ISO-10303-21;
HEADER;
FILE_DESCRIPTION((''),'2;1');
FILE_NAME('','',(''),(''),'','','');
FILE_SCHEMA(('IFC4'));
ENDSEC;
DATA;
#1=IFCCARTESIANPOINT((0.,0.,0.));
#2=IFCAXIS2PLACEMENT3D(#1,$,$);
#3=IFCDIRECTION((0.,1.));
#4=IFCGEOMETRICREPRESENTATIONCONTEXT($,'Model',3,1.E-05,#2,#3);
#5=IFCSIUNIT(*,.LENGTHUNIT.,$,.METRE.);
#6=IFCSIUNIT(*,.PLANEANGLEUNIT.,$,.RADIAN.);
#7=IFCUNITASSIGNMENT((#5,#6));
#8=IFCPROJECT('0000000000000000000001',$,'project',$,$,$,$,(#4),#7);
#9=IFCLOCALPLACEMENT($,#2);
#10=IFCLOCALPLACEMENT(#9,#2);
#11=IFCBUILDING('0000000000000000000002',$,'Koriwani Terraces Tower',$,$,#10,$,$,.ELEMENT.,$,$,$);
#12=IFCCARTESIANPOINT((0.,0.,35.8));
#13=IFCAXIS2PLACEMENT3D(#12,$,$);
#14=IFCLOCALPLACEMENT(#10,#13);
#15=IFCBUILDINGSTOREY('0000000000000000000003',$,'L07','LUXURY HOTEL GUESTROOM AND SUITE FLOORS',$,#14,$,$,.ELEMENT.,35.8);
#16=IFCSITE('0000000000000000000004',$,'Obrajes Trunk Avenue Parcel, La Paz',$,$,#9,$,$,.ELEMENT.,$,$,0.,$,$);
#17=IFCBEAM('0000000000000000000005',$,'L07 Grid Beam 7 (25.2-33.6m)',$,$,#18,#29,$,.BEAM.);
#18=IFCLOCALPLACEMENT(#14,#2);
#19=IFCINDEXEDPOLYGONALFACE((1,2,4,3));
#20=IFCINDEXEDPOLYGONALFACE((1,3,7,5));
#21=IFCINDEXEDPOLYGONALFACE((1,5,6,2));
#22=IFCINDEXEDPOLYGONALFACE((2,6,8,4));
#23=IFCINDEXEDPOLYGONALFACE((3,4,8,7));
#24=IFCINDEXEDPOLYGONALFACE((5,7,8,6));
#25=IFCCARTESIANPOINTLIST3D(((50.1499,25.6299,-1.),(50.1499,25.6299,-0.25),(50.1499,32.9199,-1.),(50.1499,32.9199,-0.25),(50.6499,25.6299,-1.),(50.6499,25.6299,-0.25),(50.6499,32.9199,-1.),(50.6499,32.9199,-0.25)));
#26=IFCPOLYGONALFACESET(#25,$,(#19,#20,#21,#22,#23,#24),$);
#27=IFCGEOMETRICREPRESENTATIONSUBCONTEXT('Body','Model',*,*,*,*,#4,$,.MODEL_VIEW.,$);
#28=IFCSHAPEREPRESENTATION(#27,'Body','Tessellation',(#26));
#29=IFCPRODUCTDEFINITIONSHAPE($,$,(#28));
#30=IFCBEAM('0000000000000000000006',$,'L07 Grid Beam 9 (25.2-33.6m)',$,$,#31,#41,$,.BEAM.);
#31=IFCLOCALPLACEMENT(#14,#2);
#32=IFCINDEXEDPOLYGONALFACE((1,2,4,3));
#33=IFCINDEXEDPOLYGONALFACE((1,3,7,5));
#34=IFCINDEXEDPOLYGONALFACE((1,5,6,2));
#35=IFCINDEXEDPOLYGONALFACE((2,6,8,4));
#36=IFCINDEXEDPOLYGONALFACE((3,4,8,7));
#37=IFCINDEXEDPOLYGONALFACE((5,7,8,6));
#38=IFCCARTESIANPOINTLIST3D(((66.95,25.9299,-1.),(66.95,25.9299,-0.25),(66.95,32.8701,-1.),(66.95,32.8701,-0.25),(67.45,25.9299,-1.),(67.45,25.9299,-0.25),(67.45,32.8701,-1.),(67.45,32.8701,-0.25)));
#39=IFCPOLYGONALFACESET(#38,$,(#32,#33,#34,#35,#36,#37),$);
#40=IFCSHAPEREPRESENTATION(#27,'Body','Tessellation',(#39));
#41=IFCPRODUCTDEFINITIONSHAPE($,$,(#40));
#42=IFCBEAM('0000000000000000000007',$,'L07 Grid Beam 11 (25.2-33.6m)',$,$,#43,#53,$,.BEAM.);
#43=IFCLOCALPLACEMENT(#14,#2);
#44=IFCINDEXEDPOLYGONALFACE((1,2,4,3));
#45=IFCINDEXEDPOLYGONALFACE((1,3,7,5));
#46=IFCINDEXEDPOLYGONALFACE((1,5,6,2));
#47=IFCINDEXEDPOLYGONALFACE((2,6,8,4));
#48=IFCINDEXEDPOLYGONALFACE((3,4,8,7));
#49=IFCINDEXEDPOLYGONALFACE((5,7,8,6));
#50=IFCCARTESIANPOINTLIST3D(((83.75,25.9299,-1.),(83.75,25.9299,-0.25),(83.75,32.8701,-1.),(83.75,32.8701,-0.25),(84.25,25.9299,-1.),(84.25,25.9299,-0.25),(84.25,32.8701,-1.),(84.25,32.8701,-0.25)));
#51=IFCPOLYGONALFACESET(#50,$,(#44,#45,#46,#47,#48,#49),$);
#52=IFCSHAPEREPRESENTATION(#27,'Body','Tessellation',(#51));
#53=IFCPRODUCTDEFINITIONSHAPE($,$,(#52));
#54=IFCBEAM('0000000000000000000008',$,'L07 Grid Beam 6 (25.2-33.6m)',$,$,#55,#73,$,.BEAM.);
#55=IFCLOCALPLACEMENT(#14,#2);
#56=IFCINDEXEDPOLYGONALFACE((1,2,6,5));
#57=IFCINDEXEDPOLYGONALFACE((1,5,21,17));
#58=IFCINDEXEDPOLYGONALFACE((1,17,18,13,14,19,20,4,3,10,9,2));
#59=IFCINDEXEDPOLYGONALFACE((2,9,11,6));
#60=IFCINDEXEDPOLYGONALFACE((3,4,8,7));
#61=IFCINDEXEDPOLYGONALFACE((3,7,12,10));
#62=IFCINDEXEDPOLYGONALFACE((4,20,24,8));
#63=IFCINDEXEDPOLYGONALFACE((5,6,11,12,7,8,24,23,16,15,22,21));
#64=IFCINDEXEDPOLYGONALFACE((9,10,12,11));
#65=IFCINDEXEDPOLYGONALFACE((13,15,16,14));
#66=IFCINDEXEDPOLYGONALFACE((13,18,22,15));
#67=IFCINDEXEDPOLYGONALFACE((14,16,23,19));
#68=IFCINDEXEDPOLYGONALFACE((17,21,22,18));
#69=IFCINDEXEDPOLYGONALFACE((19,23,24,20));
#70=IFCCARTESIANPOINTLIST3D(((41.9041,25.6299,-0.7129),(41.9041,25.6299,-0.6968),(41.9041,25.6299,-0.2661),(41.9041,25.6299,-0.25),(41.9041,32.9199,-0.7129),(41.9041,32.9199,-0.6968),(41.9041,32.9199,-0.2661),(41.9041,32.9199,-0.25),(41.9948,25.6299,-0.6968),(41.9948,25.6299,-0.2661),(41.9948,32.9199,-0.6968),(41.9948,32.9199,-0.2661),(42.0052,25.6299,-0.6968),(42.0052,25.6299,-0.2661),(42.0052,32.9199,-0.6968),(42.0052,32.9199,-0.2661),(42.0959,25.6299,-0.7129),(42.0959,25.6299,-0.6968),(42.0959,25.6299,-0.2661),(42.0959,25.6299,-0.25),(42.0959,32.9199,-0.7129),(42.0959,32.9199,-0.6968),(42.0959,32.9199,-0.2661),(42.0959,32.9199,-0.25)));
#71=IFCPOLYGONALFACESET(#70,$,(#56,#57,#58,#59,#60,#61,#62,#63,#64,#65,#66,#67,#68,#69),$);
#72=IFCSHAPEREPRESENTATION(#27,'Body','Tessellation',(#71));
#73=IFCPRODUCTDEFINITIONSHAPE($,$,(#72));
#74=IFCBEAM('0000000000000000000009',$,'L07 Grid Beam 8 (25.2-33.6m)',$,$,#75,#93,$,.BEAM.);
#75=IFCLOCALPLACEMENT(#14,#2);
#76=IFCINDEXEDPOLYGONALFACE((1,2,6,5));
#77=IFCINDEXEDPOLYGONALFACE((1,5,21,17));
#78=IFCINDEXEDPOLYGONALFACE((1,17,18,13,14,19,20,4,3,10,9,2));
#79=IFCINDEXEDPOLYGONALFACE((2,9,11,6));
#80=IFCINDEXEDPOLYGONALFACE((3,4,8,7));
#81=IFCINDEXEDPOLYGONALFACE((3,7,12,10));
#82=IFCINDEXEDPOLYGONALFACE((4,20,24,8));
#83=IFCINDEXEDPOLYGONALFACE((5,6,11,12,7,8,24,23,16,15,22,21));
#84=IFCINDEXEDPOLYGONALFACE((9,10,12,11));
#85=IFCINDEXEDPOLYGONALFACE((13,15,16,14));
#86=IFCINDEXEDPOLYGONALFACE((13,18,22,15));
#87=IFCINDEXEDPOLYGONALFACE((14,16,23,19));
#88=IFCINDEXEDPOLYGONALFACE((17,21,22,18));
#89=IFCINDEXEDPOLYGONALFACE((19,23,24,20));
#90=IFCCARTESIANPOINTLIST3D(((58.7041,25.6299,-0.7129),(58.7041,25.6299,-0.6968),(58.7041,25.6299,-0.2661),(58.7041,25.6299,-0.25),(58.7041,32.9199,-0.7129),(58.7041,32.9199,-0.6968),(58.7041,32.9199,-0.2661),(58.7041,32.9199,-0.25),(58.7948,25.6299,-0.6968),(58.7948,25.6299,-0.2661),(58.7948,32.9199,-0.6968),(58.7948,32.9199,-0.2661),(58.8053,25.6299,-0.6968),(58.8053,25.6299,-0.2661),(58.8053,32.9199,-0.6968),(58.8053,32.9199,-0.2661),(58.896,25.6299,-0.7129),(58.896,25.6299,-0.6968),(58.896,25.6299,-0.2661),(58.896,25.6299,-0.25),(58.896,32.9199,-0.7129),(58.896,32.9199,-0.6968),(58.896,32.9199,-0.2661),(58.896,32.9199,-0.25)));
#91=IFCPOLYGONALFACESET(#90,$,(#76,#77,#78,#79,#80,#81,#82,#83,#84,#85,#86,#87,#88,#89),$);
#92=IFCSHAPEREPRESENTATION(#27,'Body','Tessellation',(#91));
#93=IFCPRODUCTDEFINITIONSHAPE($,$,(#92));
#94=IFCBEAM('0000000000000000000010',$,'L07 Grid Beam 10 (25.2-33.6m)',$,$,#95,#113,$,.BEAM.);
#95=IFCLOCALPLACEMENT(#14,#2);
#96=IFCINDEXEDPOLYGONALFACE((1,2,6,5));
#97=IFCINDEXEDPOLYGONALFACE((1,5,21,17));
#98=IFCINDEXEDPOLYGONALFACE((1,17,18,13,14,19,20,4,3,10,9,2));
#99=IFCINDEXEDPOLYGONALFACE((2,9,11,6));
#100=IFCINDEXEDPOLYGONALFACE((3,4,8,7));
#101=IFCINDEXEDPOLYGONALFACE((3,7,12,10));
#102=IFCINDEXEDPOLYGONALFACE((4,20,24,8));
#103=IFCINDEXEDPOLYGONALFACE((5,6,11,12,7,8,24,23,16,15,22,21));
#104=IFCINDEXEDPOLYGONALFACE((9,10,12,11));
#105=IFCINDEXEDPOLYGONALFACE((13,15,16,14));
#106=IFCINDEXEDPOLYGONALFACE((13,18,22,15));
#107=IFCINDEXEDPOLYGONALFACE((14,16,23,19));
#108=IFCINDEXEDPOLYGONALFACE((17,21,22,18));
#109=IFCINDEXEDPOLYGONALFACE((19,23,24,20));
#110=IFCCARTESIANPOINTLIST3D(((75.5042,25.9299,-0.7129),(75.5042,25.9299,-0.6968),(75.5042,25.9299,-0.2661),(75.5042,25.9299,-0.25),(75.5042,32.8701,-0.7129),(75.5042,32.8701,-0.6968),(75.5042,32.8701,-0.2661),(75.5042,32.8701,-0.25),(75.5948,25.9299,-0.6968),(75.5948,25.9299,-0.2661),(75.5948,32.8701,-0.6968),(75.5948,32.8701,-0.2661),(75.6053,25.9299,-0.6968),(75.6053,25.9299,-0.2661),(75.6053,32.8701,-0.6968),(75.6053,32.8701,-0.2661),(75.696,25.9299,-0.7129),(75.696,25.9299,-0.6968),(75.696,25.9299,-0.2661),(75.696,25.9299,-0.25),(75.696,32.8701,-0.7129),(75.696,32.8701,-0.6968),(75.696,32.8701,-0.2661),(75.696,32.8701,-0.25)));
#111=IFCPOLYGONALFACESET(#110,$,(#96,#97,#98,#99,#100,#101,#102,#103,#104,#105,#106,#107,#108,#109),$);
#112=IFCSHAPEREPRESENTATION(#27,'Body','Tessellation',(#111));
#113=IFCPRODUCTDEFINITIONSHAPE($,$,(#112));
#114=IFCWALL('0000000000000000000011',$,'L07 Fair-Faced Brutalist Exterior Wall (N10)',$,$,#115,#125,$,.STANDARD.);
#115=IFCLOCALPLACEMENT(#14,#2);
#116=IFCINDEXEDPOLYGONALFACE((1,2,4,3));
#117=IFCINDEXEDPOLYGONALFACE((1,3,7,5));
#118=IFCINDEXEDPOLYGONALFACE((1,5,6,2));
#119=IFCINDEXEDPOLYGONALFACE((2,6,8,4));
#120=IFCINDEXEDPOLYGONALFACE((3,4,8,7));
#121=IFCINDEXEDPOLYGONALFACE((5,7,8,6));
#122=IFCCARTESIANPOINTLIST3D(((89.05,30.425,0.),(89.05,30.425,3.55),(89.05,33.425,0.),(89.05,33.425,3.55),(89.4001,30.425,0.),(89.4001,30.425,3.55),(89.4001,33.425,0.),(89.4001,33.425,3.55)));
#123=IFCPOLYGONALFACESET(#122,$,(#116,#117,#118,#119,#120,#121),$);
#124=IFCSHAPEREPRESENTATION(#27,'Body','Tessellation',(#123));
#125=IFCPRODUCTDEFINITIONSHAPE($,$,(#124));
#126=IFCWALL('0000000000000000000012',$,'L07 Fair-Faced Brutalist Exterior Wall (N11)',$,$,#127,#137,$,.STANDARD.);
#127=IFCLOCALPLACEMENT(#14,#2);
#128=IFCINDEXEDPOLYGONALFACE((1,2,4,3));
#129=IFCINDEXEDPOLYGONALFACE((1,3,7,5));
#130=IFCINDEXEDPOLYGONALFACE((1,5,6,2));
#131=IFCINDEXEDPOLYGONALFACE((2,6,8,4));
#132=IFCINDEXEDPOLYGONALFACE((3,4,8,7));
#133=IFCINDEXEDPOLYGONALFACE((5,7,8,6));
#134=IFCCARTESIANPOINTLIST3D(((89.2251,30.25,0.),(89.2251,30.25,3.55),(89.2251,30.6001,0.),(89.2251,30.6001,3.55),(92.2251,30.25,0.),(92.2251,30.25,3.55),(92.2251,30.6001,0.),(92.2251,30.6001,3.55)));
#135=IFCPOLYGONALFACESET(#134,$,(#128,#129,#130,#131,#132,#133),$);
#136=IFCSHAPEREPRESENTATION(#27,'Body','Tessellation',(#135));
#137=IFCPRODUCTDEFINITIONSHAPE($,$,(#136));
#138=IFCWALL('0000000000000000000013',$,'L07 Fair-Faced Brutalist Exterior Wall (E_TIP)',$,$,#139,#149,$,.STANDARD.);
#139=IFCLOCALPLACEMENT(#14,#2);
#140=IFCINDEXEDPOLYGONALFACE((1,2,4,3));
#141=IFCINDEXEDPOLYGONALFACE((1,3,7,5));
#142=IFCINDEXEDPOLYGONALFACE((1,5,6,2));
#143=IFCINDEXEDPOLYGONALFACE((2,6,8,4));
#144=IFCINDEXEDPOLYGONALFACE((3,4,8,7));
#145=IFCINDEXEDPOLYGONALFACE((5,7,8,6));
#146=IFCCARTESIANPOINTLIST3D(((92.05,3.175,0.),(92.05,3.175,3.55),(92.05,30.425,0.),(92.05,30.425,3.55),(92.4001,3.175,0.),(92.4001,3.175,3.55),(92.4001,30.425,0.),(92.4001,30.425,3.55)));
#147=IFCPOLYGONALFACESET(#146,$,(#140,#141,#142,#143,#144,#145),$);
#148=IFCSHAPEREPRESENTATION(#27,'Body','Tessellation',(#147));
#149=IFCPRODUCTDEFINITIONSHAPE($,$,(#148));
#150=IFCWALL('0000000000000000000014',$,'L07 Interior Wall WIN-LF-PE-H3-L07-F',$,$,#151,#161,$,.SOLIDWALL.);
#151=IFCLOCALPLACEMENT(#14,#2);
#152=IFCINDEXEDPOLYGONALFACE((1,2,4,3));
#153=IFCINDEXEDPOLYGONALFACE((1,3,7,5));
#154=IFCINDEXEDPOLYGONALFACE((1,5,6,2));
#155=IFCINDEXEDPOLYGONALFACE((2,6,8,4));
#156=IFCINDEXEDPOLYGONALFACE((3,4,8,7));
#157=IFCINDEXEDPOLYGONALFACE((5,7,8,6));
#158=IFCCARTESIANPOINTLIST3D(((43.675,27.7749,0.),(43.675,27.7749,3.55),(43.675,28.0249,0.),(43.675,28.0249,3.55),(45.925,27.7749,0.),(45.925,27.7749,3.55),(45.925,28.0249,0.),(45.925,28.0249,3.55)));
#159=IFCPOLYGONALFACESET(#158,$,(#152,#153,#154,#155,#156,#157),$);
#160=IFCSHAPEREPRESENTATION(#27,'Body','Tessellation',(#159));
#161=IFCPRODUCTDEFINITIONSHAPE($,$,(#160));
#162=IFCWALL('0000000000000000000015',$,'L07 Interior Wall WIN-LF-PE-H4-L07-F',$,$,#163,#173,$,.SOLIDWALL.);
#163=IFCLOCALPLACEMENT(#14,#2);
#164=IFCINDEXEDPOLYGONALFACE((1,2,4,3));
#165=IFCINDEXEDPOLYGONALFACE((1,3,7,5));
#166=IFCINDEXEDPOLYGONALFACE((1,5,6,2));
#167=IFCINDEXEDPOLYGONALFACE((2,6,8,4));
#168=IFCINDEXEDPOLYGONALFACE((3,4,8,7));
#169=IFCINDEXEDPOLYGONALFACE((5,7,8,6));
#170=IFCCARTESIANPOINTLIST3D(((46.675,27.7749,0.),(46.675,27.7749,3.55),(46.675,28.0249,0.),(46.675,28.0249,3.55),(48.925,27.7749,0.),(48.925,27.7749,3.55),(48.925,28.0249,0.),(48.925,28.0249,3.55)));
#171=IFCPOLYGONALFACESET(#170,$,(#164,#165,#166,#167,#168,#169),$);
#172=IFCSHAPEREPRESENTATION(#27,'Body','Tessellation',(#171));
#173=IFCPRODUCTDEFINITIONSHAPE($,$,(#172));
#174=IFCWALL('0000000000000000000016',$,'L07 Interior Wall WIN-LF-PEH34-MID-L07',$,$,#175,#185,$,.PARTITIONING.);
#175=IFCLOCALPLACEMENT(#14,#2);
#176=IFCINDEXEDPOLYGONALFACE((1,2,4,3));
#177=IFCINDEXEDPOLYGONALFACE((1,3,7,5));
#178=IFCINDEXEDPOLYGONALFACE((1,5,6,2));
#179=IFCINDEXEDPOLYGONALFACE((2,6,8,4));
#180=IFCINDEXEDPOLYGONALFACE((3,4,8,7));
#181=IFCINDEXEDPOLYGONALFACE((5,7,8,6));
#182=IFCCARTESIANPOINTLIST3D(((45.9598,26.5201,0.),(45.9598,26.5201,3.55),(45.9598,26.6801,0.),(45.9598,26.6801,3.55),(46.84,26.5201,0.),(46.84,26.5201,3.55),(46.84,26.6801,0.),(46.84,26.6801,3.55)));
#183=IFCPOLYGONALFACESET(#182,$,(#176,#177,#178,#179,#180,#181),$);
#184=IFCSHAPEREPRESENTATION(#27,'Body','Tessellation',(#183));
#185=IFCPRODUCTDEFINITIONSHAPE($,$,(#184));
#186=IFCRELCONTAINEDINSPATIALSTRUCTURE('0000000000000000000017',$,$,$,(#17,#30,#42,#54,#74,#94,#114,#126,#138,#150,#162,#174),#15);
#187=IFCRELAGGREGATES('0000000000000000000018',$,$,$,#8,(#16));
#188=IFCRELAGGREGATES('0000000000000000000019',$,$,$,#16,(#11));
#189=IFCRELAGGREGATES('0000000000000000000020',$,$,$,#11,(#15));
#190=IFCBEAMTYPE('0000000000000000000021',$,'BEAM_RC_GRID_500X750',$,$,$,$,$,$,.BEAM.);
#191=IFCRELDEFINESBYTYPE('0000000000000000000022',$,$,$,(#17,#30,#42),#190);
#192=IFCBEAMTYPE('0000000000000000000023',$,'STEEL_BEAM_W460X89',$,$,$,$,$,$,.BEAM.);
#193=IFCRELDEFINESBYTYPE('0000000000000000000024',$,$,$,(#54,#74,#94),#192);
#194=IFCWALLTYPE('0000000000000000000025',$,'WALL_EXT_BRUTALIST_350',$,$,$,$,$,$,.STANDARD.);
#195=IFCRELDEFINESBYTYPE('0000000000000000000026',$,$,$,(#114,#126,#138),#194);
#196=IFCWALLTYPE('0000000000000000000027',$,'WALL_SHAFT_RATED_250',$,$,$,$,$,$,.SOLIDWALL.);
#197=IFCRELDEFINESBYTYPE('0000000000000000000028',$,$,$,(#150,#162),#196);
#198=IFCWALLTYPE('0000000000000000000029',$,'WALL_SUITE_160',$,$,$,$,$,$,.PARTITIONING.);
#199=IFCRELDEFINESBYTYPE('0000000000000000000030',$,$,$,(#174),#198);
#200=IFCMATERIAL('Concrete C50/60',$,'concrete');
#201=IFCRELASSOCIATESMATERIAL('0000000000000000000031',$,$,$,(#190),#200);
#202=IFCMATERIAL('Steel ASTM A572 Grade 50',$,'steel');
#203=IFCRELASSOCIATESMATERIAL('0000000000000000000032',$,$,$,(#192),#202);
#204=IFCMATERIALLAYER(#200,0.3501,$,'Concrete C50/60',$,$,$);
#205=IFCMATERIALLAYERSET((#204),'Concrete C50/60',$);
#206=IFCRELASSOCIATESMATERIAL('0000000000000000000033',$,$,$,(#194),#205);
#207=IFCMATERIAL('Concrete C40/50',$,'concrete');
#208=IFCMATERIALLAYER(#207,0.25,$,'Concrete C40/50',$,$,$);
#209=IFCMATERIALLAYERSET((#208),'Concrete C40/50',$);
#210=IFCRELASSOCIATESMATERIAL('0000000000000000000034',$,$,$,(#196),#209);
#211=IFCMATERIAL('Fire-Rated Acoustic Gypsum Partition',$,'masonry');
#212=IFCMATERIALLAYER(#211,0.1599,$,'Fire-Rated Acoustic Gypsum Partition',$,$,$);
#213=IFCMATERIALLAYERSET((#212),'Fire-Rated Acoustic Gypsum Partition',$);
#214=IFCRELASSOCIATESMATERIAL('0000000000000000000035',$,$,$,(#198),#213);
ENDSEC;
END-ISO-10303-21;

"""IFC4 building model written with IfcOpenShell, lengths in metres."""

from ifc_helpers import new_model, si_unit, direction, frame, frame_2d, origin, origin_2d, place, context, subcontext, project, spatial, rectangle, i_section, extrude, material, layer, layer_set, material_profile, profile_set, type_object, element, save


model = new_model("IFC4")

# Units and contexts
model_context = context("Model", 3, precision=1e-05, world=origin(), true_north=direction((0.0, 1.0)))
body_context = subcontext(model_context, "Body", "Model", "MODEL_VIEW")
ifc_project = project(units=[si_unit("LENGTHUNIT", "METRE"), si_unit("PLANEANGLEUNIT", "RADIAN")], contexts=[model_context])

# Site, building, storey
site_placement = place(None, origin())
site = spatial("IfcSite", under=ifc_project, at=site_placement, Name="Obrajes Trunk Avenue Parcel, La Paz", CompositionType="ELEMENT", RefElevation=0.0)
building_placement = place(site_placement, origin())
building = spatial("IfcBuilding", under=site, at=building_placement, Name="Koriwani Terraces Tower", CompositionType="ELEMENT")
storey_placement = place(building_placement, frame((0.0, 0.0, 35.8)))
storey = spatial("IfcBuildingStorey", under=building, at=storey_placement, Name="L07", Description="LUXURY HOTEL GUESTROOM AND SUITE FLOORS", CompositionType="ELEMENT", Elevation=35.8)

# Beams
ifc_material_1 = material(Name="Concrete C40/50", Category="concrete")
ifc_material_2 = material(Name="Concrete C50/60", Category="concrete")
ifc_material_profile_1 = material_profile(ifc_material_2, rectangle(XDim=0.5, YDim=0.75, at=origin_2d()), Name="Concrete C50/60", Category="LoadBearing")
ifc_profile_set_1 = profile_set([ifc_material_profile_1], Name="Concrete C50/60")
beam_type_1 = type_object("IfcBeamType", Name="BEAM_RC_GRID_500X750", PredefinedType="BEAM", material=ifc_profile_set_1)
beam_1_placement = place(storey_placement, frame((50.3999, 25.6299, -0.625), z_axis=(0.0, 1.0, 0.0), x_axis=(-1.0, 0.0, 0.0)))
element("IfcBeam", 1, at=beam_1_placement, inside=storey, type_object=beam_type_1, Name="L07 Grid Beam 7 (25.2-33.6m)", PredefinedType="BEAM", context=body_context, shape_type="SweptSolid", body=[
    extrude(rectangle(XDim=0.5, YDim=0.75, at=origin_2d()), origin(), (0.0, 0.0, 1.0), 7.29),
])
for number, where, z_axis, x_axis, name in (
    (2, (67.2, 25.9299, -0.625), (0.0, 1.0, 0.0), (-1.0, 0.0, 0.0), "L07 Grid Beam 9 (25.2-33.6m)"),
    (3, (84.0, 25.9299, -0.625), (0.0, 1.0, 0.0), (-1.0, 0.0, 0.0), "L07 Grid Beam 11 (25.2-33.6m)"),
):
    element("IfcBeam", number, at=place(storey_placement, frame(where, z_axis=z_axis, x_axis=x_axis)), inside=storey, type_object=beam_type_1, Name=name, PredefinedType="BEAM", context=body_context, shape_type="SweptSolid", body=[
        extrude(rectangle(XDim=0.5, YDim=0.75, at=origin_2d()), origin(), (0.0, 0.0, 1.0), 6.9402),
    ])
ifc_material_3 = material(Name="Steel ASTM A572 Grade 50", Category="steel")
ifc_material_profile_2 = material_profile(ifc_material_3, i_section(OverallWidth=0.1919, OverallDepth=0.4629, WebThickness=0.0105, FlangeThickness=0.0161, at=origin_2d()), Name="Steel ASTM A572 Grade 50", Category="LoadBearing")
ifc_profile_set_2 = profile_set([ifc_material_profile_2], Name="Steel ASTM A572 Grade 50")
beam_type_2 = type_object("IfcBeamType", Name="STEEL_BEAM_W460X89", PredefinedType="BEAM", material=ifc_profile_set_2)
for number, where, z_axis, x_axis, name in (
    (4, (42.0, 25.6299, -0.4814), (0.0, 1.0, 0.0), (-1.0, 0.0, 0.0), "L07 Grid Beam 6 (25.2-33.6m)"),
    (5, (58.8, 25.6299, -0.4814), (0.0, 1.0, 0.0), (-1.0, 0.0, 0.0), "L07 Grid Beam 8 (25.2-33.6m)"),
):
    element("IfcBeam", number, at=place(storey_placement, frame(where, z_axis=z_axis, x_axis=x_axis)), inside=storey, type_object=beam_type_2, Name=name, PredefinedType="BEAM", context=body_context, shape_type="SweptSolid", body=[
        extrude(i_section(OverallWidth=0.1919, OverallDepth=0.4629, WebThickness=0.0105, FlangeThickness=0.0161, at=origin_2d()), origin(), (0.0, 0.0, 1.0), 7.29),
    ])
beam_2_placement = place(storey_placement, frame((75.6001, 25.9299, -0.4814), z_axis=(0.0, 1.0, 0.0), x_axis=(-1.0, 0.0, 0.0)))
element("IfcBeam", 6, at=beam_2_placement, inside=storey, type_object=beam_type_2, Name="L07 Grid Beam 10 (25.2-33.6m)", PredefinedType="BEAM", context=body_context, shape_type="SweptSolid", body=[
    extrude(i_section(OverallWidth=0.1919, OverallDepth=0.4629, WebThickness=0.0105, FlangeThickness=0.0161, at=origin_2d()), origin(), (0.0, 0.0, 1.0), 6.9402),
])

# Walls
ifc_layer_1 = layer(ifc_material_2, 0.3501, Name="Concrete C50/60")
ifc_layer_set_1 = layer_set([ifc_layer_1], Name="Concrete C50/60")
wall_type_1 = type_object("IfcWallType", Name="WALL_EXT_BRUTALIST_350", PredefinedType="STANDARD", material=ifc_layer_set_1)
for number, where, z_axis, x_axis, name in (
    (7, (89.2251, 33.425, 0.0), (0.0, 0.0, 1.0), (0.0, -1.0, 0.0), "L07 Fair-Faced Brutalist Exterior Wall (N10)"),
    (8, (89.2251, 30.425, 0.0), (0.0, 0.0, 1.0), (1.0, 0.0, 0.0), "L07 Fair-Faced Brutalist Exterior Wall (N11)"),
):
    element("IfcWall", number, at=place(storey_placement, frame(where, z_axis=z_axis, x_axis=x_axis)), inside=storey, type_object=wall_type_1, Name=name, PredefinedType="STANDARD", context=body_context, shape_type="SweptSolid", body=[
        extrude(rectangle(XDim=3.0, YDim=0.3501, at=frame_2d((1.5, 0.0))), origin(), (0.0, 0.0, 1.0), 3.55),
    ])
wall_1_placement = place(storey_placement, frame((92.2251, 30.425, 0.0), z_axis=(0.0, 0.0, 1.0), x_axis=(0.0, -1.0, 0.0)))
element("IfcWall", 9, at=wall_1_placement, inside=storey, type_object=wall_type_1, Name="L07 Fair-Faced Brutalist Exterior Wall (E_TIP)", PredefinedType="STANDARD", context=body_context, shape_type="SweptSolid", body=[
    extrude(rectangle(XDim=27.25, YDim=0.3501, at=frame_2d((13.625, 0.0))), origin(), (0.0, 0.0, 1.0), 3.55),
])
ifc_layer_2 = layer(ifc_material_1, 0.25, Name="Concrete C40/50")
ifc_layer_set_2 = layer_set([ifc_layer_2], Name="Concrete C40/50")
wall_type_2 = type_object("IfcWallType", Name="WALL_SHAFT_RATED_250", PredefinedType="SOLIDWALL", material=ifc_layer_set_2)
for number, where, z_axis, x_axis, name in (
    (10, (43.675, 27.8999, 0.0), (0.0, 0.0, 1.0), (1.0, 0.0, 0.0), "L07 Interior Wall WIN-LF-PE-H3-L07-F"),
    (11, (46.675, 27.8999, 0.0), (0.0, 0.0, 1.0), (1.0, 0.0, 0.0), "L07 Interior Wall WIN-LF-PE-H4-L07-F"),
):
    element("IfcWall", number, at=place(storey_placement, frame(where, z_axis=z_axis, x_axis=x_axis)), inside=storey, type_object=wall_type_2, Name=name, PredefinedType="SOLIDWALL", context=body_context, shape_type="SweptSolid", body=[
        extrude(rectangle(XDim=2.25, YDim=0.25, at=frame_2d((1.125, 0.0))), origin(), (0.0, 0.0, 1.0), 3.55),
    ])
ifc_material_4 = material(Name="Fire-Rated Acoustic Gypsum Partition", Category="masonry")
ifc_layer_3 = layer(ifc_material_4, 0.1599, Name="Fire-Rated Acoustic Gypsum Partition")
ifc_layer_set_3 = layer_set([ifc_layer_3], Name="Fire-Rated Acoustic Gypsum Partition")
wall_type_3 = type_object("IfcWallType", Name="WALL_SUITE_160", PredefinedType="PARTITIONING", material=ifc_layer_set_3)
wall_2_placement = place(storey_placement, frame((45.96, 26.6001, 0.0), z_axis=(0.0, 0.0, 1.0), x_axis=(1.0, 0.0, 0.0)))
element("IfcWall", 12, at=wall_2_placement, inside=storey, type_object=wall_type_3, Name="L07 Interior Wall WIN-LF-PEH34-MID-L07", PredefinedType="PARTITIONING", context=body_context, shape_type="SweptSolid", body=[
    extrude(rectangle(XDim=0.8801, YDim=0.1599, at=frame_2d((0.4399, 0.0))), origin(), (0.0, 0.0, 1.0), 3.55),
])

save(model, "model.ifc")
